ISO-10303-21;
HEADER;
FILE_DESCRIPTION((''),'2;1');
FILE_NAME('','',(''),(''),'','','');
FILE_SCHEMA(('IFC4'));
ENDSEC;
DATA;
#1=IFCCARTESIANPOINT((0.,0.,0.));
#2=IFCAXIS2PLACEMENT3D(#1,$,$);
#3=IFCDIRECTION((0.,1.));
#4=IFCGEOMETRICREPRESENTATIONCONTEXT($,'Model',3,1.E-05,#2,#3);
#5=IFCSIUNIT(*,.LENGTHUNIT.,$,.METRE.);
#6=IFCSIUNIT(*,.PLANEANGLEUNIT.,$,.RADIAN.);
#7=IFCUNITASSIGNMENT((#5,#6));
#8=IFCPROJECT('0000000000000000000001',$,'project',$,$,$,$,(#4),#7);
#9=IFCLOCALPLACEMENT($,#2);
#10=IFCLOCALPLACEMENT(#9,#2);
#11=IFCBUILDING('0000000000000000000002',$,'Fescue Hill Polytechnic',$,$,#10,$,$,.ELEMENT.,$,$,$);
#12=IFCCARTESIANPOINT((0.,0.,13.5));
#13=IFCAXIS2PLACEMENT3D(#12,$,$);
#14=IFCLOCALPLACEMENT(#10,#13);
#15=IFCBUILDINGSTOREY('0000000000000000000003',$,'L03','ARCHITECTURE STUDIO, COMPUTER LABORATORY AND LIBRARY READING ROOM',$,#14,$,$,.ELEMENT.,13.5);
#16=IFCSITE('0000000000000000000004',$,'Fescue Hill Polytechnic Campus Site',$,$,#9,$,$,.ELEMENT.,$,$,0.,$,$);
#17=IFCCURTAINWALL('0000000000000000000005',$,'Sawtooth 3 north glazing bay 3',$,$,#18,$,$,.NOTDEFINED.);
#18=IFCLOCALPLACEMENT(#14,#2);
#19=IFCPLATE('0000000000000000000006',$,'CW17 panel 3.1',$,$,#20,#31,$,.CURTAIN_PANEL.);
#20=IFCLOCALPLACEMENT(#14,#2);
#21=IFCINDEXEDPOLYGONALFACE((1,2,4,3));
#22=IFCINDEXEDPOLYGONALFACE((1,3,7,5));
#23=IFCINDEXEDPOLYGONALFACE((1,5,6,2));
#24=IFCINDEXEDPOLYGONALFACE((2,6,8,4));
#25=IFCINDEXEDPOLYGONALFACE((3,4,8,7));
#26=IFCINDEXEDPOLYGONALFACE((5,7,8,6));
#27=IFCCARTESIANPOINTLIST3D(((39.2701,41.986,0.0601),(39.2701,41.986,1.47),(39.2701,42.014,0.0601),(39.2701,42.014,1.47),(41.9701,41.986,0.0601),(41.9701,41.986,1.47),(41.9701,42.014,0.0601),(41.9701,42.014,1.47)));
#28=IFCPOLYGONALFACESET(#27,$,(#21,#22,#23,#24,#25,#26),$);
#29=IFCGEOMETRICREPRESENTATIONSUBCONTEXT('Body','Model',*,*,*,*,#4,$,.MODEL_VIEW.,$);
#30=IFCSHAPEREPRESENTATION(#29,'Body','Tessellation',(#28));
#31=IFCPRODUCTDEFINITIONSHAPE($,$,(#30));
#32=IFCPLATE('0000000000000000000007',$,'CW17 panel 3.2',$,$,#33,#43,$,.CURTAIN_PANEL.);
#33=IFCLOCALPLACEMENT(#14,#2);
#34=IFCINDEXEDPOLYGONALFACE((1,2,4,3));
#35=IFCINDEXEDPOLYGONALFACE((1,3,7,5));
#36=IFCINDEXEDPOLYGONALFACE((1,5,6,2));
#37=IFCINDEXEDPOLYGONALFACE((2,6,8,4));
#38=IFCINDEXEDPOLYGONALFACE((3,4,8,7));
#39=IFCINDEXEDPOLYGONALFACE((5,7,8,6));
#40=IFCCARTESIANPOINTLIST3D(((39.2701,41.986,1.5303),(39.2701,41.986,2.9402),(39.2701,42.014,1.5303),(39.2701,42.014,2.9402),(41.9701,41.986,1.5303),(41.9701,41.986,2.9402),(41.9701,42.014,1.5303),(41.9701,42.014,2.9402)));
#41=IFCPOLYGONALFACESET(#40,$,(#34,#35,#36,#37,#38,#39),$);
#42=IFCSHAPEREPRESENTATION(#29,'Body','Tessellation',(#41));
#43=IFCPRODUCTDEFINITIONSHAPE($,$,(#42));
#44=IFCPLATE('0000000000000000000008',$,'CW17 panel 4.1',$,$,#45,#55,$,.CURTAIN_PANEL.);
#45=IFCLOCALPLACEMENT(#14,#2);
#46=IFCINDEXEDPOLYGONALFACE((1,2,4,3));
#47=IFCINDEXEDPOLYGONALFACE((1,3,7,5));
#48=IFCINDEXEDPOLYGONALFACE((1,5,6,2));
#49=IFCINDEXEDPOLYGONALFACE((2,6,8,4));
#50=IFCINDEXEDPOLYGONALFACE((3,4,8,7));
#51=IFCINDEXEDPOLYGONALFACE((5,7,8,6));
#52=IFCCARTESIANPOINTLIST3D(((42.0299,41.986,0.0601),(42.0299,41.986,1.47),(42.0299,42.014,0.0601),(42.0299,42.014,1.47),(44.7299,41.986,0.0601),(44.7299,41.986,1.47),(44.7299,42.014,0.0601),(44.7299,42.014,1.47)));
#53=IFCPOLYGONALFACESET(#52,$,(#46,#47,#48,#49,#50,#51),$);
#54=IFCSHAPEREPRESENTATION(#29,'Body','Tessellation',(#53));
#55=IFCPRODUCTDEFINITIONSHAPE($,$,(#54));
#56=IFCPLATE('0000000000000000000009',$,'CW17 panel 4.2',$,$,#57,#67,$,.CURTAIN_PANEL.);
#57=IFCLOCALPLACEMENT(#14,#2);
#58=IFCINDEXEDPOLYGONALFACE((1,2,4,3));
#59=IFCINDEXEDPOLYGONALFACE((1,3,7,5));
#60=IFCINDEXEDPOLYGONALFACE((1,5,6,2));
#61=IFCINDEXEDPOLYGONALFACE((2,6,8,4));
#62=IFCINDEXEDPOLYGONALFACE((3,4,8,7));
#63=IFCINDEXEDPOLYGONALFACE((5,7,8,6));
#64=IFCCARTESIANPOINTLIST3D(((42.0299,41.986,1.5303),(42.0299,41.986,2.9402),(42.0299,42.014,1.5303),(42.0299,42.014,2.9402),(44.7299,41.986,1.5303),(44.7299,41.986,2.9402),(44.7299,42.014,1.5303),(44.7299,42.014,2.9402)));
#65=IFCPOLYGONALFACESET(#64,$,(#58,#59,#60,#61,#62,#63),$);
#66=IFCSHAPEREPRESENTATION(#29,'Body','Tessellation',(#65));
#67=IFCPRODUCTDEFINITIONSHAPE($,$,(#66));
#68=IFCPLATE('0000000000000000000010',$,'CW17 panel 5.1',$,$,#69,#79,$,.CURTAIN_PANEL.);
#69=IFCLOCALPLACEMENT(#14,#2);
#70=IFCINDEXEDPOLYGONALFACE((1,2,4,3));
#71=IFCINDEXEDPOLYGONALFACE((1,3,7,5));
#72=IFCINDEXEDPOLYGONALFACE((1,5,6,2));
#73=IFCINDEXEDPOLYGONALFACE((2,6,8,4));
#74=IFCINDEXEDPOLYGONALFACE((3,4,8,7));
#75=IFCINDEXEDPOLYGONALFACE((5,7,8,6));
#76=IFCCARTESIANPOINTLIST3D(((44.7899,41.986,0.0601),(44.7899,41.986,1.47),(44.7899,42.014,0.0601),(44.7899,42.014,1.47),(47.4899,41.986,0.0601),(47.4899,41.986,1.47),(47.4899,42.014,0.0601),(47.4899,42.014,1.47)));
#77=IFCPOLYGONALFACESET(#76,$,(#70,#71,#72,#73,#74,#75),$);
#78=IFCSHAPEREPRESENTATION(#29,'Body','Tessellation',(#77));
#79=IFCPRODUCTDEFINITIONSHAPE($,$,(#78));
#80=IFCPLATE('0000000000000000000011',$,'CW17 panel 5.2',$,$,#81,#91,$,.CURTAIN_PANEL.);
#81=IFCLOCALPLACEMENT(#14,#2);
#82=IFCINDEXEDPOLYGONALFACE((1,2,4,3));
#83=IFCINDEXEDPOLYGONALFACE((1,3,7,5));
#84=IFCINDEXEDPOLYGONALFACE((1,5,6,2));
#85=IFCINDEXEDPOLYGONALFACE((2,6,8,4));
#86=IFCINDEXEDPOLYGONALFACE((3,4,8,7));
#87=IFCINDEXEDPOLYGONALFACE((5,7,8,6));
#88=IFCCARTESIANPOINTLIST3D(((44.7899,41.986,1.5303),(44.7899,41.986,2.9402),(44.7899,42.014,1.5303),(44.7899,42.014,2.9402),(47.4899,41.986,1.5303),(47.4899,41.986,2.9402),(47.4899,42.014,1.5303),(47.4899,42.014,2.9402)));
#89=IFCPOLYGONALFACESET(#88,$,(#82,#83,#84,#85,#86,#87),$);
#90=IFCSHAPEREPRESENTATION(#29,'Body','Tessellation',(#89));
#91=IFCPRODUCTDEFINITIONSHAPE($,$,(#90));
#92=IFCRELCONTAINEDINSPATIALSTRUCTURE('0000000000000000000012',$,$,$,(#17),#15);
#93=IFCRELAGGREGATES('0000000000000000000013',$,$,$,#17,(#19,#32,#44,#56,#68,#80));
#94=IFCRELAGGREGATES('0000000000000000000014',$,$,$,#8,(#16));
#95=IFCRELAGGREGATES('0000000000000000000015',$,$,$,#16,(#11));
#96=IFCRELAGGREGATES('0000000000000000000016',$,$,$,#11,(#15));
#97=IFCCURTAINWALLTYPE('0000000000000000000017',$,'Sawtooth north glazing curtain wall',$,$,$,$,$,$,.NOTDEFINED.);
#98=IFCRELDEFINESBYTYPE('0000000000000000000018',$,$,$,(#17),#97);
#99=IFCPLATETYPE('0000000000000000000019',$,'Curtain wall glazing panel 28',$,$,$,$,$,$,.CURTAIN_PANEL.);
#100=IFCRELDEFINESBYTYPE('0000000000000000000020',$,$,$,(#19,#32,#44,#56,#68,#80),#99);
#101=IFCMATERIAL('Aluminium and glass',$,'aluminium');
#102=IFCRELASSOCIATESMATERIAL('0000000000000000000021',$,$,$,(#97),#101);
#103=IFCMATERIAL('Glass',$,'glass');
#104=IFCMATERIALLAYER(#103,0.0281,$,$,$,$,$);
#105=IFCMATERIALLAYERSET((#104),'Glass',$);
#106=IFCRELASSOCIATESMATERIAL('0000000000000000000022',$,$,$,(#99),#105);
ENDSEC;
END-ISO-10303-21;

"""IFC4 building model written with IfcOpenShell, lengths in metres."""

from ifc_helpers import new_model, si_unit, direction, frame, origin, origin_2d, place, context, subcontext, project, spatial, rectangle, extrude, material, layer, layer_set, type_object, element, aggregate, save


model = new_model("IFC4")

# Units and contexts
model_context = context("Model", 3, precision=1e-05, world=origin(), true_north=direction((0.0, 1.0)))
body_context = subcontext(model_context, "Body", "Model", "MODEL_VIEW")
ifc_project = project(units=[si_unit("LENGTHUNIT", "METRE"), si_unit("PLANEANGLEUNIT", "RADIAN")], contexts=[model_context])

# Site, building, storey
site_placement = place(None, origin())
site = spatial("IfcSite", under=ifc_project, at=site_placement, Name="Fescue Hill Polytechnic Campus Site", CompositionType="ELEMENT", RefElevation=0.0)
building_placement = place(site_placement, origin())
building = spatial("IfcBuilding", under=site, at=building_placement, Name="Fescue Hill Polytechnic", CompositionType="ELEMENT")
storey_placement = place(building_placement, frame((0.0, 0.0, 13.5)))
storey = spatial("IfcBuildingStorey", under=building, at=storey_placement, Name="L03", Description="ARCHITECTURE STUDIO, COMPUTER LABORATORY AND LIBRARY READING ROOM", CompositionType="ELEMENT", Elevation=13.5)

# Curtain wall
ifc_material_1 = material(Name="Aluminium and glass", Category="aluminium")
curtain_wall_type = type_object("IfcCurtainWallType", Name="Sawtooth north glazing curtain wall", PredefinedType="NOTDEFINED", material=ifc_material_1)
curtain_wall_1_placement = place(storey_placement, origin())
curtain_wall_1 = element("IfcCurtainWall", 1, at=curtain_wall_1_placement, inside=storey, type_object=curtain_wall_type, Name="Sawtooth 3 north glazing bay 3", PredefinedType="NOTDEFINED")

# Plates
ifc_material_2 = material(Name="Glass", Category="glass")
ifc_layer = layer(ifc_material_2, 0.0281)
ifc_layer_set = layer_set([ifc_layer], Name="Glass")
plate_type = type_object("IfcPlateType", Name="Curtain wall glazing panel 28", PredefinedType="CURTAIN_PANEL", material=ifc_layer_set)
plate_1_placement = place(storey_placement, frame((40.6201, 42.0, 0.0601), z_axis=(0.0, 0.0, 1.0), x_axis=(1.0, 0.0, 0.0)))
plate_1 = element("IfcPlate", 2, at=plate_1_placement, type_object=plate_type, Name="CW17 panel 3.1", PredefinedType="CURTAIN_PANEL", context=body_context, shape_type="SweptSolid", body=[
    extrude(rectangle(XDim=2.7, YDim=0.0281, at=origin_2d()), origin(), (0.0, 0.0, 1.0), 1.4099),
])
plate_2_placement = place(storey_placement, frame((40.6201, 42.0, 1.5303), z_axis=(0.0, 0.0, 1.0), x_axis=(1.0, 0.0, 0.0)))
plate_2 = element("IfcPlate", 3, at=plate_2_placement, type_object=plate_type, Name="CW17 panel 3.2", PredefinedType="CURTAIN_PANEL", context=body_context, shape_type="SweptSolid", body=[
    extrude(rectangle(XDim=2.7, YDim=0.0281, at=origin_2d()), origin(), (0.0, 0.0, 1.0), 1.4099),
])
plate_3_placement = place(storey_placement, frame((43.3799, 42.0, 0.0601), z_axis=(0.0, 0.0, 1.0), x_axis=(1.0, 0.0, 0.0)))
plate_3 = element("IfcPlate", 4, at=plate_3_placement, type_object=plate_type, Name="CW17 panel 4.1", PredefinedType="CURTAIN_PANEL", context=body_context, shape_type="SweptSolid", body=[
    extrude(rectangle(XDim=2.7, YDim=0.0281, at=origin_2d()), origin(), (0.0, 0.0, 1.0), 1.4099),
])
plate_4_placement = place(storey_placement, frame((43.3799, 42.0, 1.5303), z_axis=(0.0, 0.0, 1.0), x_axis=(1.0, 0.0, 0.0)))
plate_4 = element("IfcPlate", 5, at=plate_4_placement, type_object=plate_type, Name="CW17 panel 4.2", PredefinedType="CURTAIN_PANEL", context=body_context, shape_type="SweptSolid", body=[
    extrude(rectangle(XDim=2.7, YDim=0.0281, at=origin_2d()), origin(), (0.0, 0.0, 1.0), 1.4099),
])
plate_5_placement = place(storey_placement, frame((46.1399, 42.0, 0.0601), z_axis=(0.0, 0.0, 1.0), x_axis=(1.0, 0.0, 0.0)))
plate_5 = element("IfcPlate", 6, at=plate_5_placement, type_object=plate_type, Name="CW17 panel 5.1", PredefinedType="CURTAIN_PANEL", context=body_context, shape_type="SweptSolid", body=[
    extrude(rectangle(XDim=2.7, YDim=0.0281, at=origin_2d()), origin(), (0.0, 0.0, 1.0), 1.4099),
])
plate_6_placement = place(storey_placement, frame((46.1399, 42.0, 1.5303), z_axis=(0.0, 0.0, 1.0), x_axis=(1.0, 0.0, 0.0)))
plate_6 = element("IfcPlate", 7, at=plate_6_placement, type_object=plate_type, Name="CW17 panel 5.2", PredefinedType="CURTAIN_PANEL", context=body_context, shape_type="SweptSolid", body=[
    extrude(rectangle(XDim=2.7, YDim=0.0281, at=origin_2d()), origin(), (0.0, 0.0, 1.0), 1.4099),
])
aggregate(curtain_wall_1, [plate_1, plate_2, plate_3, plate_4, plate_5, plate_6])

save(model, "model.ifc")
